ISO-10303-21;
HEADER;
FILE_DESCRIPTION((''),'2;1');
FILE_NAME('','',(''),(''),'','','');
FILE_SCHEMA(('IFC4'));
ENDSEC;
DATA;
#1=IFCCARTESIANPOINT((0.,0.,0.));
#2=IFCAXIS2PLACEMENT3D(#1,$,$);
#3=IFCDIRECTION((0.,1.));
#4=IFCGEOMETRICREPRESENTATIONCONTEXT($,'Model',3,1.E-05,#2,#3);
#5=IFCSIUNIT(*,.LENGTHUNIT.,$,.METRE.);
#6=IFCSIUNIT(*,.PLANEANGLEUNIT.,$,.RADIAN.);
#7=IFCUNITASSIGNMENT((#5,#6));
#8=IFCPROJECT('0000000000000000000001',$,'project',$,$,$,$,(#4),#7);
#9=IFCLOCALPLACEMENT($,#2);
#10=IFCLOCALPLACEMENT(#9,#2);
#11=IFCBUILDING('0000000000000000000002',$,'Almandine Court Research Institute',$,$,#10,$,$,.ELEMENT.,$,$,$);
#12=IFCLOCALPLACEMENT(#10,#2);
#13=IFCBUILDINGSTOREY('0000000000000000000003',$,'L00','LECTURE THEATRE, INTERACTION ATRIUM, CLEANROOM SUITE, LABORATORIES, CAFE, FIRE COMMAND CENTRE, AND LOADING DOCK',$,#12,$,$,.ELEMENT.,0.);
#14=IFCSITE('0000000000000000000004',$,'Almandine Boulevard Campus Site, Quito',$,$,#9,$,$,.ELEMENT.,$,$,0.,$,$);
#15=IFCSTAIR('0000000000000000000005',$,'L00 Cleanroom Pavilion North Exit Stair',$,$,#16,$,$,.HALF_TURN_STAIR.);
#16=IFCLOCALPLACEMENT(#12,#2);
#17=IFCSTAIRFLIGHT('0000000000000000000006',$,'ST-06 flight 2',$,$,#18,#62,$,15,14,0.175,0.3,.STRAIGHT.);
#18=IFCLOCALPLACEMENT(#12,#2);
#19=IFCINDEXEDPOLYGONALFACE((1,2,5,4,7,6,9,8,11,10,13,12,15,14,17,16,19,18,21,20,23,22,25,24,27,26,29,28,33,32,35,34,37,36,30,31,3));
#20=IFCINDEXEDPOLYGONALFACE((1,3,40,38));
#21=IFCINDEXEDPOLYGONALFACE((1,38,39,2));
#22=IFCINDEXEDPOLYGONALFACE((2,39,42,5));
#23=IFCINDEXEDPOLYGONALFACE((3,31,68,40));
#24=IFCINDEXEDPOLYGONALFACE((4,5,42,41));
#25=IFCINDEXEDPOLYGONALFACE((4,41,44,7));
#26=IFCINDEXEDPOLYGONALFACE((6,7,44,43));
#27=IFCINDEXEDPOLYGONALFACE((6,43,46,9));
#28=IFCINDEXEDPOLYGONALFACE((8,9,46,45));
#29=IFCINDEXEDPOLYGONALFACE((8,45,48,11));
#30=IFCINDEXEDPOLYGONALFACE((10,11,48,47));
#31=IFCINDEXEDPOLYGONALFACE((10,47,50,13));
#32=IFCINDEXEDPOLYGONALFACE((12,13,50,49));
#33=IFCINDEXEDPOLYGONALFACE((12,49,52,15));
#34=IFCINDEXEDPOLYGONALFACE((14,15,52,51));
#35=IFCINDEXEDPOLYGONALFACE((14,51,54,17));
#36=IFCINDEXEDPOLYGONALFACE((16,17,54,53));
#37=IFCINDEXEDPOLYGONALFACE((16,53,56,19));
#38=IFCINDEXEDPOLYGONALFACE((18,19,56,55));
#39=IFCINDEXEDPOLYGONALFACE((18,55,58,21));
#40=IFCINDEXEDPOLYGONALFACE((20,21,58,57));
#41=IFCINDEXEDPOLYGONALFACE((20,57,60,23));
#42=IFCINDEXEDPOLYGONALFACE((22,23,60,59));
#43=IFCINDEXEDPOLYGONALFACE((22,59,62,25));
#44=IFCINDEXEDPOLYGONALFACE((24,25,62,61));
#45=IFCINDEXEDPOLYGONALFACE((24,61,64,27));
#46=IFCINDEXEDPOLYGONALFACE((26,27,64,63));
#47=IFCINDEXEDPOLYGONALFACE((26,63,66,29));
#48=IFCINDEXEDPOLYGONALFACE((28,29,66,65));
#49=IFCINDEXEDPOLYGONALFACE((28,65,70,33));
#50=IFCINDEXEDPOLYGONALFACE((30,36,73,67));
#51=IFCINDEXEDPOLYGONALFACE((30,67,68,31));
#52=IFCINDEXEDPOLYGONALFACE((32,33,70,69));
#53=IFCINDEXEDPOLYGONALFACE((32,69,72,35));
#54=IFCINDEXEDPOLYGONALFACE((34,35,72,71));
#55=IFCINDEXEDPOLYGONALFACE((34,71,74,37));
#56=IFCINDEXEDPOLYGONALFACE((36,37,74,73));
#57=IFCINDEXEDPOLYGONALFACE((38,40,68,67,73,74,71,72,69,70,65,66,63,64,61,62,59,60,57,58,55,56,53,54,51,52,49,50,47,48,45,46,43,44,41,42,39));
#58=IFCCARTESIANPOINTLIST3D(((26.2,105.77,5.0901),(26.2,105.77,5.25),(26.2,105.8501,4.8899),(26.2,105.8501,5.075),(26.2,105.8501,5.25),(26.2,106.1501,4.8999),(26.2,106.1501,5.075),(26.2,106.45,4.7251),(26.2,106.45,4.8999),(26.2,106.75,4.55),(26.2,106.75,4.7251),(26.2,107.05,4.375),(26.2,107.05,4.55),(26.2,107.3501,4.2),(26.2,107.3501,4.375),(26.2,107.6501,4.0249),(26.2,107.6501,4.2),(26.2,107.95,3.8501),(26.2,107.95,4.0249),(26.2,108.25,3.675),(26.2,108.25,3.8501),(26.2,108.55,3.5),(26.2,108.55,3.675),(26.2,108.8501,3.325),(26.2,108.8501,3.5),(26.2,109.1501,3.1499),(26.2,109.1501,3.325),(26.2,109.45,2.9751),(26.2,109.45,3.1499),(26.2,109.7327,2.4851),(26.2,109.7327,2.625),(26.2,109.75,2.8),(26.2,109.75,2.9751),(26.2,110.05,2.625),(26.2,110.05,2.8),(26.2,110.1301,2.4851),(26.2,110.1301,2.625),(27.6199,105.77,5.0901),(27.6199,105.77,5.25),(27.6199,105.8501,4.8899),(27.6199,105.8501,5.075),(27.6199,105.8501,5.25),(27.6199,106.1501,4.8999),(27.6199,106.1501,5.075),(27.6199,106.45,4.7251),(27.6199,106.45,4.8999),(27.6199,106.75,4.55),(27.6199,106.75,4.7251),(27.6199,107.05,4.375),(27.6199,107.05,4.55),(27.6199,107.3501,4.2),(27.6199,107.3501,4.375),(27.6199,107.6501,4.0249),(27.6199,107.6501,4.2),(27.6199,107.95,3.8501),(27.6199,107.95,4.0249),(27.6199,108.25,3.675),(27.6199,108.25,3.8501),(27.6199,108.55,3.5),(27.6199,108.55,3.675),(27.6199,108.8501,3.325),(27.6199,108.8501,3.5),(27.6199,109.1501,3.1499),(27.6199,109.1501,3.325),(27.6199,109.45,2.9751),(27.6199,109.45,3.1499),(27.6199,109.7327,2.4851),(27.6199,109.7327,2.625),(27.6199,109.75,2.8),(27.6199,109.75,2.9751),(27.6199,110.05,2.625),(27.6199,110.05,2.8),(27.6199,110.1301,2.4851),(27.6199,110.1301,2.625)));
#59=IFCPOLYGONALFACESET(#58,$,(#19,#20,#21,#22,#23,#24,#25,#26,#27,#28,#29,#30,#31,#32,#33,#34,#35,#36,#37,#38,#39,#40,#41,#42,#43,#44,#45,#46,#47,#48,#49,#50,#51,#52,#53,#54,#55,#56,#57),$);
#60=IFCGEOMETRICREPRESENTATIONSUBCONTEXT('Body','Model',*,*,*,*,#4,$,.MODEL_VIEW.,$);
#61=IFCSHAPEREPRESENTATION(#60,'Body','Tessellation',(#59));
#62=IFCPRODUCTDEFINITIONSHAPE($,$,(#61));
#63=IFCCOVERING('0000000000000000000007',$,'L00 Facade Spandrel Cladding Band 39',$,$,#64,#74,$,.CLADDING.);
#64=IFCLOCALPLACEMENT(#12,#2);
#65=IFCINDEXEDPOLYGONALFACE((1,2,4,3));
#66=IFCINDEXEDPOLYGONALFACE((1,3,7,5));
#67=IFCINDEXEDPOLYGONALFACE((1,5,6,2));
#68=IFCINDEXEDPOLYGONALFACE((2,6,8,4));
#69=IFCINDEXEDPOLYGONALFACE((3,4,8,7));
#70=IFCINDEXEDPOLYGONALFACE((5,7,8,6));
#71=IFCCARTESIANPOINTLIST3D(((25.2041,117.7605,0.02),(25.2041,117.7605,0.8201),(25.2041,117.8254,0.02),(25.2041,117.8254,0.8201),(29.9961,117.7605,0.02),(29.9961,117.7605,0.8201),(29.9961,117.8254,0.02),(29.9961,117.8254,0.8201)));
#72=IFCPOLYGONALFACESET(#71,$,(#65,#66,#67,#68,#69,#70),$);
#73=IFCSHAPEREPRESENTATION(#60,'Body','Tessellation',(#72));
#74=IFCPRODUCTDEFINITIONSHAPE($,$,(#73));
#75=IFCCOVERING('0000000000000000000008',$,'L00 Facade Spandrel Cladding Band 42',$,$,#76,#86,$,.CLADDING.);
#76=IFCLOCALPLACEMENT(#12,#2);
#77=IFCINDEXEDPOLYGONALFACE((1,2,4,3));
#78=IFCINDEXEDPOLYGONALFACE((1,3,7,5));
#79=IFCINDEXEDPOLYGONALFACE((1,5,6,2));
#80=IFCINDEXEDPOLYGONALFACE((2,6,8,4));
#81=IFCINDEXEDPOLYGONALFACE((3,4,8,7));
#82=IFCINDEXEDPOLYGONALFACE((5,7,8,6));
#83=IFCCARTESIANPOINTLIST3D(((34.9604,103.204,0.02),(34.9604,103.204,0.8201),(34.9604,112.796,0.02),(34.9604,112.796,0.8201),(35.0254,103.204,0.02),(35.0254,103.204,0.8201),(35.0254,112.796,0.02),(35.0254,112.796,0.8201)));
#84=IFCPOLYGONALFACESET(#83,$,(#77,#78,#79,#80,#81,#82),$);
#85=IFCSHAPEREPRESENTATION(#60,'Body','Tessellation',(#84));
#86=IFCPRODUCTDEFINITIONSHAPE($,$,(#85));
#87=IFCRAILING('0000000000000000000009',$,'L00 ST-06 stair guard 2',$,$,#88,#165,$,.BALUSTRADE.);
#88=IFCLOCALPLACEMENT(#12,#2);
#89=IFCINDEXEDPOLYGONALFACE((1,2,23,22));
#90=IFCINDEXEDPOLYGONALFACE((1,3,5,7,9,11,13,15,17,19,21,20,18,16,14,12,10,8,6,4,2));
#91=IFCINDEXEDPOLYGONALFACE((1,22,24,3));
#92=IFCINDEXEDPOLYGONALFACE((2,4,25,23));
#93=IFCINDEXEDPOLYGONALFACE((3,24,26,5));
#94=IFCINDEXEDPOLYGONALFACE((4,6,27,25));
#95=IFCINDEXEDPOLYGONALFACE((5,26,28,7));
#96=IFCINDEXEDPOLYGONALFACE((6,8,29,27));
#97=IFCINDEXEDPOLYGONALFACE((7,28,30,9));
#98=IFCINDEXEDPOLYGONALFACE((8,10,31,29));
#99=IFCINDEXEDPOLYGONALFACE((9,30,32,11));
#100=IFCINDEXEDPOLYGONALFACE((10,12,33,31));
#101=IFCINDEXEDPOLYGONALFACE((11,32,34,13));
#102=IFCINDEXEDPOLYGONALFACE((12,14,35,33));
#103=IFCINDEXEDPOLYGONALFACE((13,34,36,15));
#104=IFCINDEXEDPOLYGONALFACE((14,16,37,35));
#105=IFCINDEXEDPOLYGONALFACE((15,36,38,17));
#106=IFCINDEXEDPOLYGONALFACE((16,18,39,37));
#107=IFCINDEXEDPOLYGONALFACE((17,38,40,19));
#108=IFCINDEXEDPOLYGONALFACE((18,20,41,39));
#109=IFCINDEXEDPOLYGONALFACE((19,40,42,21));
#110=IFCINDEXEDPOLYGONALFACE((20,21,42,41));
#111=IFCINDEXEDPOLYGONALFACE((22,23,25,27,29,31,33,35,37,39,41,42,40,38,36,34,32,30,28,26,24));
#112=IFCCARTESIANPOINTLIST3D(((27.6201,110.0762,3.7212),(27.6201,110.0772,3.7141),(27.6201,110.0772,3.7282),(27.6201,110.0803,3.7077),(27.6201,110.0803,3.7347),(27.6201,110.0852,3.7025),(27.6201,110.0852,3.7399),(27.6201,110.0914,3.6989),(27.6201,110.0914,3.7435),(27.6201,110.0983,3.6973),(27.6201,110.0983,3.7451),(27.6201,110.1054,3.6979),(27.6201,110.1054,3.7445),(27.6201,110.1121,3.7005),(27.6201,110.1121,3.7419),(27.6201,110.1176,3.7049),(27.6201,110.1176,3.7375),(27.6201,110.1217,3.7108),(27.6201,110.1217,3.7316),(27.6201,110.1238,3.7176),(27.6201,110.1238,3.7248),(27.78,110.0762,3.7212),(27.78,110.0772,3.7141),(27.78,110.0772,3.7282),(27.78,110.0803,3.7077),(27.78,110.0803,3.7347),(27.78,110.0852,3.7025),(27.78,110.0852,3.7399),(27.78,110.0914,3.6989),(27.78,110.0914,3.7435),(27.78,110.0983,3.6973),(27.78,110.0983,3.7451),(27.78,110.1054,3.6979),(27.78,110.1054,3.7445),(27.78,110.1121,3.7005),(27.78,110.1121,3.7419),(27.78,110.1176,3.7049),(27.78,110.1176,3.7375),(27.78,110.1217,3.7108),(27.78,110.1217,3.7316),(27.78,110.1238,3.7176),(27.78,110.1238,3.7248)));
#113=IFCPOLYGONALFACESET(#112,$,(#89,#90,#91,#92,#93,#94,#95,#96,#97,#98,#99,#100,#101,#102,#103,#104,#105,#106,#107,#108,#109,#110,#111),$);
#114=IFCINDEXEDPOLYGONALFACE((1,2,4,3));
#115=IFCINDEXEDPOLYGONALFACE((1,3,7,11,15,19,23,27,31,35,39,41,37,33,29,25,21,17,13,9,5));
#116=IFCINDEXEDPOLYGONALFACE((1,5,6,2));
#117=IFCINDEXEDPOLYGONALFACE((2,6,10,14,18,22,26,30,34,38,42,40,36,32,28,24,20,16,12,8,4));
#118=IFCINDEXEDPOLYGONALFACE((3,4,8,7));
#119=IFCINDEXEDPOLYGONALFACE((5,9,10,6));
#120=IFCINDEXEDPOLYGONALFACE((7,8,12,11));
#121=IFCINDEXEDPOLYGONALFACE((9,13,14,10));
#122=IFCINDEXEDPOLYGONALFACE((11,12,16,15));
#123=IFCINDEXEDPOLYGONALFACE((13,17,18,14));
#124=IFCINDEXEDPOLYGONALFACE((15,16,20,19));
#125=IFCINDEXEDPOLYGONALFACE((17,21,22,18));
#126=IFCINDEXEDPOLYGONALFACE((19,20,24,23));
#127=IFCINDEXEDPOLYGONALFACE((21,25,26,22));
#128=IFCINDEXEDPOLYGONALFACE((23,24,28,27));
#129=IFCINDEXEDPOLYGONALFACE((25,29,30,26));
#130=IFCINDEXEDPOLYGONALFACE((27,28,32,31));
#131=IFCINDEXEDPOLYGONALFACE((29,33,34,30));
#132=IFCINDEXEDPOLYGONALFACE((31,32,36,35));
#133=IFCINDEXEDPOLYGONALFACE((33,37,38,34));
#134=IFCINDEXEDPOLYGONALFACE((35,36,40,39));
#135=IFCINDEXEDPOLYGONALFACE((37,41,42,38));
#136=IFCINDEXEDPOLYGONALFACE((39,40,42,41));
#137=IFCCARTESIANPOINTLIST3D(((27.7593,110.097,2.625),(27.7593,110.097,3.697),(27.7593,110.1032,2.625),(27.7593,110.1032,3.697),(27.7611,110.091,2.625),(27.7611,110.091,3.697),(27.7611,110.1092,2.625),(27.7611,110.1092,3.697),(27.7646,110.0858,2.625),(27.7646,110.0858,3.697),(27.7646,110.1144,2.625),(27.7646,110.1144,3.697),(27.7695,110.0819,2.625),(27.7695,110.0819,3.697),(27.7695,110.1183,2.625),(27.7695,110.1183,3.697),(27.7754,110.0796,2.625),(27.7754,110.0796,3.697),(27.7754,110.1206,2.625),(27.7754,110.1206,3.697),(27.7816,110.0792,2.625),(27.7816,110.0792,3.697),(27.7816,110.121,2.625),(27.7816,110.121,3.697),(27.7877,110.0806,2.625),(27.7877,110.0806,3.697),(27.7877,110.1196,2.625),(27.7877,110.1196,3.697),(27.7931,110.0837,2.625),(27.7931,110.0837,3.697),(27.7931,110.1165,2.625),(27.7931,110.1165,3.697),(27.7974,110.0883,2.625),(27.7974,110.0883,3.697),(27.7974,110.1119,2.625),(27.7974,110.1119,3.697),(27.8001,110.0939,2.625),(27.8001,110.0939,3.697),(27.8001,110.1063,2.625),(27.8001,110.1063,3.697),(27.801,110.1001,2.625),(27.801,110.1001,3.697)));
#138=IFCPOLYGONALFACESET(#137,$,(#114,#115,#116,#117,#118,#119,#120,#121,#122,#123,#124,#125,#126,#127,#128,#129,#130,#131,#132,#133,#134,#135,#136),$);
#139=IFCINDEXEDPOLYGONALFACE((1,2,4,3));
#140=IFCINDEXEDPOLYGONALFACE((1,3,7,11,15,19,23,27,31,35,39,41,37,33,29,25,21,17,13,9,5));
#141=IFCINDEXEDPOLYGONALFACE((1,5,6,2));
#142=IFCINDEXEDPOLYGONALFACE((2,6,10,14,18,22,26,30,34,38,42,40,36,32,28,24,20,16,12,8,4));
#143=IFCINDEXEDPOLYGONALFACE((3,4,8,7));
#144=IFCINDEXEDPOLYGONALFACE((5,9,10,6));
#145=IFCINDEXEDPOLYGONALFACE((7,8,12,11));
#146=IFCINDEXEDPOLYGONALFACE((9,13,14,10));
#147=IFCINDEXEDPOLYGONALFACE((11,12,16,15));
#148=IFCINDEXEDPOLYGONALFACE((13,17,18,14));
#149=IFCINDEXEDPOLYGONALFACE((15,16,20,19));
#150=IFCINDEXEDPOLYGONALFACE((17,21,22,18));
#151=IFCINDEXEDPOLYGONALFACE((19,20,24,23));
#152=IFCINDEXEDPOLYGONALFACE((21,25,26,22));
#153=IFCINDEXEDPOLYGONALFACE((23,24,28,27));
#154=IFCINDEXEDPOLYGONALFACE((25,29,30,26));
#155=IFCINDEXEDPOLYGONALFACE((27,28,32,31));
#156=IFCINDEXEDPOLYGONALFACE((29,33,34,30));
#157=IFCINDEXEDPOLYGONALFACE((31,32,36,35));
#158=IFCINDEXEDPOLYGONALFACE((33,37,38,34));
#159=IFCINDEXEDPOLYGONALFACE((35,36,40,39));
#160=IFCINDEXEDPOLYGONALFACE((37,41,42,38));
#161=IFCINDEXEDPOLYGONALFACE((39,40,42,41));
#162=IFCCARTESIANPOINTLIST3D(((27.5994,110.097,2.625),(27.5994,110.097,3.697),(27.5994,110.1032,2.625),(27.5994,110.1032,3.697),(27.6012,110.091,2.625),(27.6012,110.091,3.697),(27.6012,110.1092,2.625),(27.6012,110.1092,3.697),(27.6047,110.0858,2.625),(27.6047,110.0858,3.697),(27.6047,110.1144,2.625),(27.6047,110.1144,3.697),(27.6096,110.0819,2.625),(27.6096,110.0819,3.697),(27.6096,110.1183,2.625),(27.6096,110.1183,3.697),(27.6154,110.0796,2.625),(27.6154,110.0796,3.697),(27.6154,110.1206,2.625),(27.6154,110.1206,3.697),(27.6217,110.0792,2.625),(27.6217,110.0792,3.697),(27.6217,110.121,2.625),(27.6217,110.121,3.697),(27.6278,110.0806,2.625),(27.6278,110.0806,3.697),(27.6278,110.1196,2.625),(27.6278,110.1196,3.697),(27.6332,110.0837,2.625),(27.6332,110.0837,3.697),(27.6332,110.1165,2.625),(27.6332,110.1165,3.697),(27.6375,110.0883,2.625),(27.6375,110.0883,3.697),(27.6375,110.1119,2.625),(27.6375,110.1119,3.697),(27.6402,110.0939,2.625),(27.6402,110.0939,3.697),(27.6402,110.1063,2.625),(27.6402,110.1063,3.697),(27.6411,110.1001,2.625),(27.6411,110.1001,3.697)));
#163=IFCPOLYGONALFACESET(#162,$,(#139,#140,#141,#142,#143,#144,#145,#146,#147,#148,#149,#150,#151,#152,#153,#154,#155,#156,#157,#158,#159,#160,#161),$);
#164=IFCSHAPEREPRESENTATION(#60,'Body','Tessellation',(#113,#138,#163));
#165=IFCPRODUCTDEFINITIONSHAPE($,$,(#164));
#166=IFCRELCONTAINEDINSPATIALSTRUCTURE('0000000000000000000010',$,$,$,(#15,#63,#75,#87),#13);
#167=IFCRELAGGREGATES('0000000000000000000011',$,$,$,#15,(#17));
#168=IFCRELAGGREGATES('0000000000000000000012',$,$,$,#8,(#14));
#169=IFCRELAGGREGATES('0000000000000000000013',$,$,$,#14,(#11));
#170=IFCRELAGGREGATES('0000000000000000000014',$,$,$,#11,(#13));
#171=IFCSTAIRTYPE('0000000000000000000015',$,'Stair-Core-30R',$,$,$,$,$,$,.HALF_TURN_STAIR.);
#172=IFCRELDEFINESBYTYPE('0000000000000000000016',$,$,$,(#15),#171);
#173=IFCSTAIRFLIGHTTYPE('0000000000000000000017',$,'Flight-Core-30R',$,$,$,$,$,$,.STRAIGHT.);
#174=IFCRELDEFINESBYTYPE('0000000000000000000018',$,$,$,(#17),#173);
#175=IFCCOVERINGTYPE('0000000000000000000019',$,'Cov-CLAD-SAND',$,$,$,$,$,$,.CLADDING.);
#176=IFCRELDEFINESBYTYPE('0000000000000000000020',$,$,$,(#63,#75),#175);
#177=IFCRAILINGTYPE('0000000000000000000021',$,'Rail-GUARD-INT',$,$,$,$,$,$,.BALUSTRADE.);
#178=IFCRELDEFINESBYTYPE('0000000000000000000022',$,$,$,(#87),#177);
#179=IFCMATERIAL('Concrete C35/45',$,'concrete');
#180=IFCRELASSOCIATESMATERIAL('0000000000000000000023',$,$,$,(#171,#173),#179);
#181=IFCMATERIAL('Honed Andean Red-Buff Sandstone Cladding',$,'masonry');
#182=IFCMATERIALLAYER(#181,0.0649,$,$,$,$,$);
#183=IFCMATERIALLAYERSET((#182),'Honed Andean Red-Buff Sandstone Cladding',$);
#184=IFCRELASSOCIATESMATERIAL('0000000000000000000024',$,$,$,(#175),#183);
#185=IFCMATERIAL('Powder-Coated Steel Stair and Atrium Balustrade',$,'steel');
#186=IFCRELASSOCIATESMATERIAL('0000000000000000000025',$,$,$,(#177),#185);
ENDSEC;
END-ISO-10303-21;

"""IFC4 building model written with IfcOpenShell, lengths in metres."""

from ifc_helpers import new_model, si_unit, direction, frame, origin, origin_2d, place, context, subcontext, project, spatial, polyline, rectangle, circle, outline, extrude, material, layer, layer_set, type_object, element, aggregate, save


model = new_model("IFC4")

# Units and contexts
model_context = context("Model", 3, precision=1e-05, world=origin(), true_north=direction((0.0, 1.0)))
body_context = subcontext(model_context, "Body", "Model", "MODEL_VIEW")
ifc_project = project(units=[si_unit("LENGTHUNIT", "METRE"), si_unit("PLANEANGLEUNIT", "RADIAN")], contexts=[model_context])

# Site, building, storey
site_placement = place(None, origin())
site = spatial("IfcSite", under=ifc_project, at=site_placement, Name="Almandine Boulevard Campus Site, Quito", CompositionType="ELEMENT", RefElevation=0.0)
building_placement = place(site_placement, origin())
building = spatial("IfcBuilding", under=site, at=building_placement, Name="Almandine Court Research Institute", CompositionType="ELEMENT")
storey_placement = place(building_placement, origin())
storey = spatial("IfcBuildingStorey", under=building, at=storey_placement, Name="L00", Description="LECTURE THEATRE, INTERACTION ATRIUM, CLEANROOM SUITE, LABORATORIES, CAFE, FIRE COMMAND CENTRE, AND LOADING DOCK", CompositionType="ELEMENT", Elevation=0.0)

# Stair, stair flight
ifc_material_1 = material(Name="Concrete C35/45", Category="concrete")
stair_type = type_object("IfcStairType", Name="Stair-Core-30R", PredefinedType="HALF_TURN_STAIR", material=ifc_material_1)
stair_placement = place(storey_placement, origin())
stair = element("IfcStair", 1, at=stair_placement, inside=storey, type_object=stair_type, Name="L00 Cleanroom Pavilion North Exit Stair", PredefinedType="HALF_TURN_STAIR")
stair_flight_type = type_object("IfcStairFlightType", Name="Flight-Core-30R", PredefinedType="STRAIGHT", material=ifc_material_1)
stair_flight_placement = place(storey_placement, frame((26.9099, 110.05, 2.625), z_axis=(0.0, 0.0, 1.0), x_axis=(0.0, -1.0, 0.0)))
stair_flight = element("IfcStairFlight", 2, at=stair_flight_placement, type_object=stair_flight_type, Name="ST-06 flight 2", NumberOfRisers=15, NumberOfTreads=14, PredefinedType="STRAIGHT", RiserHeight=0.175, TreadLength=0.3, context=body_context, shape_type="SweptSolid", body=[
    extrude(outline(polyline([(-0.0801, -0.1399), (-0.0801, 0.0), (0.0, 0.0), (0.0, 0.175), (0.3, 0.175), (0.3, 0.3501), (0.6001, 0.3501), (0.6001, 0.5249), (0.8999, 0.5249), (0.8999, 0.7), (1.2, 0.7), (1.2, 0.875), (1.5, 0.875), (1.5, 1.05), (1.8, 1.05), (1.8, 1.2251), (2.1001, 1.2251), (2.1001, 1.3999), (2.3999, 1.3999), (2.3999, 1.575), (2.7, 1.575), (2.7, 1.75), (3.0, 1.75), (3.0, 1.925), (3.3, 1.925), (3.3, 2.1001), (3.6001, 2.1001), (3.6001, 2.2749), (3.8999, 2.2749), (3.8999, 2.45), (4.2, 2.45), (4.2, 2.625), (4.28, 2.625), (4.28, 2.4651), (4.2, 2.2649), (0.3174, 0.0), (0.3174, -0.1399), (-0.0801, -0.1399)])), frame((0.0, 0.71, 0.0), z_axis=(0.0, -1.0, 0.0), x_axis=(1.0, 0.0, 0.0)), (0.0, 0.0, 1.0), 1.4199),
])
aggregate(stair, [stair_flight])

# Coverings
ifc_material_2 = material(Name="Honed Andean Red-Buff Sandstone Cladding", Category="masonry")
ifc_layer_1 = layer(ifc_material_2, 0.0649)
ifc_layer_set_1 = layer_set([ifc_layer_1], Name="Honed Andean Red-Buff Sandstone Cladding")
covering_type = type_object("IfcCoveringType", Name="Cov-CLAD-SAND", PredefinedType="CLADDING", material=ifc_layer_set_1)
covering_1_placement = place(storey_placement, frame((27.6001, 117.793, 0.02), z_axis=(0.0, 0.0, 1.0), x_axis=(1.0, 0.0, 0.0)))
element("IfcCovering", 3, at=covering_1_placement, inside=storey, type_object=covering_type, Name="L00 Facade Spandrel Cladding Band 39", PredefinedType="CLADDING", context=body_context, shape_type="SweptSolid", body=[
    extrude(rectangle(XDim=4.792, YDim=0.0649, at=origin_2d()), origin(), (0.0, 0.0, 1.0), 0.8),
])
covering_2_placement = place(storey_placement, frame((34.9929, 108.0, 0.02), z_axis=(0.0, 0.0, 1.0), x_axis=(0.0, -1.0, 0.0)))
element("IfcCovering", 4, at=covering_2_placement, inside=storey, type_object=covering_type, Name="L00 Facade Spandrel Cladding Band 42", PredefinedType="CLADDING", context=body_context, shape_type="SweptSolid", body=[
    extrude(rectangle(XDim=9.592, YDim=0.0649, at=origin_2d()), origin(), (0.0, 0.0, 1.0), 0.8),
])

# Railing
ifc_material_3 = material(Name="Powder-Coated Steel Stair and Atrium Balustrade", Category="steel")
railing_type_1 = type_object("IfcRailingType", Name="Rail-GUARD-INT", PredefinedType="BALUSTRADE", material=ifc_material_3)
railing_1_placement = place(storey_placement, frame((27.78, 110.1001, 2.625)))
element("IfcRailing", 5, at=railing_1_placement, inside=storey, type_object=railing_type_1, Name="L00 ST-06 stair guard 2", PredefinedType="BALUSTRADE", context=body_context, shape_type="SweptSolid", body=[
    extrude(circle(Radius=0.0239, at=origin_2d()), frame((0.0, 0.0, 1.0962), z_axis=(-1.0, 0.0, 0.0), x_axis=(0.0, -1.0, 0.0)), (0.0, 0.0, 1.0), 0.1599),
    extrude(circle(Radius=0.021, at=origin_2d()), origin(), (0.0, 0.0, 1.0), 1.072),
    extrude(circle(Radius=0.021, at=origin_2d()), frame((-0.1599, 0.0, 0.0)), (0.0, 0.0, 1.0), 1.072),
])

save(model, "model.ifc")
